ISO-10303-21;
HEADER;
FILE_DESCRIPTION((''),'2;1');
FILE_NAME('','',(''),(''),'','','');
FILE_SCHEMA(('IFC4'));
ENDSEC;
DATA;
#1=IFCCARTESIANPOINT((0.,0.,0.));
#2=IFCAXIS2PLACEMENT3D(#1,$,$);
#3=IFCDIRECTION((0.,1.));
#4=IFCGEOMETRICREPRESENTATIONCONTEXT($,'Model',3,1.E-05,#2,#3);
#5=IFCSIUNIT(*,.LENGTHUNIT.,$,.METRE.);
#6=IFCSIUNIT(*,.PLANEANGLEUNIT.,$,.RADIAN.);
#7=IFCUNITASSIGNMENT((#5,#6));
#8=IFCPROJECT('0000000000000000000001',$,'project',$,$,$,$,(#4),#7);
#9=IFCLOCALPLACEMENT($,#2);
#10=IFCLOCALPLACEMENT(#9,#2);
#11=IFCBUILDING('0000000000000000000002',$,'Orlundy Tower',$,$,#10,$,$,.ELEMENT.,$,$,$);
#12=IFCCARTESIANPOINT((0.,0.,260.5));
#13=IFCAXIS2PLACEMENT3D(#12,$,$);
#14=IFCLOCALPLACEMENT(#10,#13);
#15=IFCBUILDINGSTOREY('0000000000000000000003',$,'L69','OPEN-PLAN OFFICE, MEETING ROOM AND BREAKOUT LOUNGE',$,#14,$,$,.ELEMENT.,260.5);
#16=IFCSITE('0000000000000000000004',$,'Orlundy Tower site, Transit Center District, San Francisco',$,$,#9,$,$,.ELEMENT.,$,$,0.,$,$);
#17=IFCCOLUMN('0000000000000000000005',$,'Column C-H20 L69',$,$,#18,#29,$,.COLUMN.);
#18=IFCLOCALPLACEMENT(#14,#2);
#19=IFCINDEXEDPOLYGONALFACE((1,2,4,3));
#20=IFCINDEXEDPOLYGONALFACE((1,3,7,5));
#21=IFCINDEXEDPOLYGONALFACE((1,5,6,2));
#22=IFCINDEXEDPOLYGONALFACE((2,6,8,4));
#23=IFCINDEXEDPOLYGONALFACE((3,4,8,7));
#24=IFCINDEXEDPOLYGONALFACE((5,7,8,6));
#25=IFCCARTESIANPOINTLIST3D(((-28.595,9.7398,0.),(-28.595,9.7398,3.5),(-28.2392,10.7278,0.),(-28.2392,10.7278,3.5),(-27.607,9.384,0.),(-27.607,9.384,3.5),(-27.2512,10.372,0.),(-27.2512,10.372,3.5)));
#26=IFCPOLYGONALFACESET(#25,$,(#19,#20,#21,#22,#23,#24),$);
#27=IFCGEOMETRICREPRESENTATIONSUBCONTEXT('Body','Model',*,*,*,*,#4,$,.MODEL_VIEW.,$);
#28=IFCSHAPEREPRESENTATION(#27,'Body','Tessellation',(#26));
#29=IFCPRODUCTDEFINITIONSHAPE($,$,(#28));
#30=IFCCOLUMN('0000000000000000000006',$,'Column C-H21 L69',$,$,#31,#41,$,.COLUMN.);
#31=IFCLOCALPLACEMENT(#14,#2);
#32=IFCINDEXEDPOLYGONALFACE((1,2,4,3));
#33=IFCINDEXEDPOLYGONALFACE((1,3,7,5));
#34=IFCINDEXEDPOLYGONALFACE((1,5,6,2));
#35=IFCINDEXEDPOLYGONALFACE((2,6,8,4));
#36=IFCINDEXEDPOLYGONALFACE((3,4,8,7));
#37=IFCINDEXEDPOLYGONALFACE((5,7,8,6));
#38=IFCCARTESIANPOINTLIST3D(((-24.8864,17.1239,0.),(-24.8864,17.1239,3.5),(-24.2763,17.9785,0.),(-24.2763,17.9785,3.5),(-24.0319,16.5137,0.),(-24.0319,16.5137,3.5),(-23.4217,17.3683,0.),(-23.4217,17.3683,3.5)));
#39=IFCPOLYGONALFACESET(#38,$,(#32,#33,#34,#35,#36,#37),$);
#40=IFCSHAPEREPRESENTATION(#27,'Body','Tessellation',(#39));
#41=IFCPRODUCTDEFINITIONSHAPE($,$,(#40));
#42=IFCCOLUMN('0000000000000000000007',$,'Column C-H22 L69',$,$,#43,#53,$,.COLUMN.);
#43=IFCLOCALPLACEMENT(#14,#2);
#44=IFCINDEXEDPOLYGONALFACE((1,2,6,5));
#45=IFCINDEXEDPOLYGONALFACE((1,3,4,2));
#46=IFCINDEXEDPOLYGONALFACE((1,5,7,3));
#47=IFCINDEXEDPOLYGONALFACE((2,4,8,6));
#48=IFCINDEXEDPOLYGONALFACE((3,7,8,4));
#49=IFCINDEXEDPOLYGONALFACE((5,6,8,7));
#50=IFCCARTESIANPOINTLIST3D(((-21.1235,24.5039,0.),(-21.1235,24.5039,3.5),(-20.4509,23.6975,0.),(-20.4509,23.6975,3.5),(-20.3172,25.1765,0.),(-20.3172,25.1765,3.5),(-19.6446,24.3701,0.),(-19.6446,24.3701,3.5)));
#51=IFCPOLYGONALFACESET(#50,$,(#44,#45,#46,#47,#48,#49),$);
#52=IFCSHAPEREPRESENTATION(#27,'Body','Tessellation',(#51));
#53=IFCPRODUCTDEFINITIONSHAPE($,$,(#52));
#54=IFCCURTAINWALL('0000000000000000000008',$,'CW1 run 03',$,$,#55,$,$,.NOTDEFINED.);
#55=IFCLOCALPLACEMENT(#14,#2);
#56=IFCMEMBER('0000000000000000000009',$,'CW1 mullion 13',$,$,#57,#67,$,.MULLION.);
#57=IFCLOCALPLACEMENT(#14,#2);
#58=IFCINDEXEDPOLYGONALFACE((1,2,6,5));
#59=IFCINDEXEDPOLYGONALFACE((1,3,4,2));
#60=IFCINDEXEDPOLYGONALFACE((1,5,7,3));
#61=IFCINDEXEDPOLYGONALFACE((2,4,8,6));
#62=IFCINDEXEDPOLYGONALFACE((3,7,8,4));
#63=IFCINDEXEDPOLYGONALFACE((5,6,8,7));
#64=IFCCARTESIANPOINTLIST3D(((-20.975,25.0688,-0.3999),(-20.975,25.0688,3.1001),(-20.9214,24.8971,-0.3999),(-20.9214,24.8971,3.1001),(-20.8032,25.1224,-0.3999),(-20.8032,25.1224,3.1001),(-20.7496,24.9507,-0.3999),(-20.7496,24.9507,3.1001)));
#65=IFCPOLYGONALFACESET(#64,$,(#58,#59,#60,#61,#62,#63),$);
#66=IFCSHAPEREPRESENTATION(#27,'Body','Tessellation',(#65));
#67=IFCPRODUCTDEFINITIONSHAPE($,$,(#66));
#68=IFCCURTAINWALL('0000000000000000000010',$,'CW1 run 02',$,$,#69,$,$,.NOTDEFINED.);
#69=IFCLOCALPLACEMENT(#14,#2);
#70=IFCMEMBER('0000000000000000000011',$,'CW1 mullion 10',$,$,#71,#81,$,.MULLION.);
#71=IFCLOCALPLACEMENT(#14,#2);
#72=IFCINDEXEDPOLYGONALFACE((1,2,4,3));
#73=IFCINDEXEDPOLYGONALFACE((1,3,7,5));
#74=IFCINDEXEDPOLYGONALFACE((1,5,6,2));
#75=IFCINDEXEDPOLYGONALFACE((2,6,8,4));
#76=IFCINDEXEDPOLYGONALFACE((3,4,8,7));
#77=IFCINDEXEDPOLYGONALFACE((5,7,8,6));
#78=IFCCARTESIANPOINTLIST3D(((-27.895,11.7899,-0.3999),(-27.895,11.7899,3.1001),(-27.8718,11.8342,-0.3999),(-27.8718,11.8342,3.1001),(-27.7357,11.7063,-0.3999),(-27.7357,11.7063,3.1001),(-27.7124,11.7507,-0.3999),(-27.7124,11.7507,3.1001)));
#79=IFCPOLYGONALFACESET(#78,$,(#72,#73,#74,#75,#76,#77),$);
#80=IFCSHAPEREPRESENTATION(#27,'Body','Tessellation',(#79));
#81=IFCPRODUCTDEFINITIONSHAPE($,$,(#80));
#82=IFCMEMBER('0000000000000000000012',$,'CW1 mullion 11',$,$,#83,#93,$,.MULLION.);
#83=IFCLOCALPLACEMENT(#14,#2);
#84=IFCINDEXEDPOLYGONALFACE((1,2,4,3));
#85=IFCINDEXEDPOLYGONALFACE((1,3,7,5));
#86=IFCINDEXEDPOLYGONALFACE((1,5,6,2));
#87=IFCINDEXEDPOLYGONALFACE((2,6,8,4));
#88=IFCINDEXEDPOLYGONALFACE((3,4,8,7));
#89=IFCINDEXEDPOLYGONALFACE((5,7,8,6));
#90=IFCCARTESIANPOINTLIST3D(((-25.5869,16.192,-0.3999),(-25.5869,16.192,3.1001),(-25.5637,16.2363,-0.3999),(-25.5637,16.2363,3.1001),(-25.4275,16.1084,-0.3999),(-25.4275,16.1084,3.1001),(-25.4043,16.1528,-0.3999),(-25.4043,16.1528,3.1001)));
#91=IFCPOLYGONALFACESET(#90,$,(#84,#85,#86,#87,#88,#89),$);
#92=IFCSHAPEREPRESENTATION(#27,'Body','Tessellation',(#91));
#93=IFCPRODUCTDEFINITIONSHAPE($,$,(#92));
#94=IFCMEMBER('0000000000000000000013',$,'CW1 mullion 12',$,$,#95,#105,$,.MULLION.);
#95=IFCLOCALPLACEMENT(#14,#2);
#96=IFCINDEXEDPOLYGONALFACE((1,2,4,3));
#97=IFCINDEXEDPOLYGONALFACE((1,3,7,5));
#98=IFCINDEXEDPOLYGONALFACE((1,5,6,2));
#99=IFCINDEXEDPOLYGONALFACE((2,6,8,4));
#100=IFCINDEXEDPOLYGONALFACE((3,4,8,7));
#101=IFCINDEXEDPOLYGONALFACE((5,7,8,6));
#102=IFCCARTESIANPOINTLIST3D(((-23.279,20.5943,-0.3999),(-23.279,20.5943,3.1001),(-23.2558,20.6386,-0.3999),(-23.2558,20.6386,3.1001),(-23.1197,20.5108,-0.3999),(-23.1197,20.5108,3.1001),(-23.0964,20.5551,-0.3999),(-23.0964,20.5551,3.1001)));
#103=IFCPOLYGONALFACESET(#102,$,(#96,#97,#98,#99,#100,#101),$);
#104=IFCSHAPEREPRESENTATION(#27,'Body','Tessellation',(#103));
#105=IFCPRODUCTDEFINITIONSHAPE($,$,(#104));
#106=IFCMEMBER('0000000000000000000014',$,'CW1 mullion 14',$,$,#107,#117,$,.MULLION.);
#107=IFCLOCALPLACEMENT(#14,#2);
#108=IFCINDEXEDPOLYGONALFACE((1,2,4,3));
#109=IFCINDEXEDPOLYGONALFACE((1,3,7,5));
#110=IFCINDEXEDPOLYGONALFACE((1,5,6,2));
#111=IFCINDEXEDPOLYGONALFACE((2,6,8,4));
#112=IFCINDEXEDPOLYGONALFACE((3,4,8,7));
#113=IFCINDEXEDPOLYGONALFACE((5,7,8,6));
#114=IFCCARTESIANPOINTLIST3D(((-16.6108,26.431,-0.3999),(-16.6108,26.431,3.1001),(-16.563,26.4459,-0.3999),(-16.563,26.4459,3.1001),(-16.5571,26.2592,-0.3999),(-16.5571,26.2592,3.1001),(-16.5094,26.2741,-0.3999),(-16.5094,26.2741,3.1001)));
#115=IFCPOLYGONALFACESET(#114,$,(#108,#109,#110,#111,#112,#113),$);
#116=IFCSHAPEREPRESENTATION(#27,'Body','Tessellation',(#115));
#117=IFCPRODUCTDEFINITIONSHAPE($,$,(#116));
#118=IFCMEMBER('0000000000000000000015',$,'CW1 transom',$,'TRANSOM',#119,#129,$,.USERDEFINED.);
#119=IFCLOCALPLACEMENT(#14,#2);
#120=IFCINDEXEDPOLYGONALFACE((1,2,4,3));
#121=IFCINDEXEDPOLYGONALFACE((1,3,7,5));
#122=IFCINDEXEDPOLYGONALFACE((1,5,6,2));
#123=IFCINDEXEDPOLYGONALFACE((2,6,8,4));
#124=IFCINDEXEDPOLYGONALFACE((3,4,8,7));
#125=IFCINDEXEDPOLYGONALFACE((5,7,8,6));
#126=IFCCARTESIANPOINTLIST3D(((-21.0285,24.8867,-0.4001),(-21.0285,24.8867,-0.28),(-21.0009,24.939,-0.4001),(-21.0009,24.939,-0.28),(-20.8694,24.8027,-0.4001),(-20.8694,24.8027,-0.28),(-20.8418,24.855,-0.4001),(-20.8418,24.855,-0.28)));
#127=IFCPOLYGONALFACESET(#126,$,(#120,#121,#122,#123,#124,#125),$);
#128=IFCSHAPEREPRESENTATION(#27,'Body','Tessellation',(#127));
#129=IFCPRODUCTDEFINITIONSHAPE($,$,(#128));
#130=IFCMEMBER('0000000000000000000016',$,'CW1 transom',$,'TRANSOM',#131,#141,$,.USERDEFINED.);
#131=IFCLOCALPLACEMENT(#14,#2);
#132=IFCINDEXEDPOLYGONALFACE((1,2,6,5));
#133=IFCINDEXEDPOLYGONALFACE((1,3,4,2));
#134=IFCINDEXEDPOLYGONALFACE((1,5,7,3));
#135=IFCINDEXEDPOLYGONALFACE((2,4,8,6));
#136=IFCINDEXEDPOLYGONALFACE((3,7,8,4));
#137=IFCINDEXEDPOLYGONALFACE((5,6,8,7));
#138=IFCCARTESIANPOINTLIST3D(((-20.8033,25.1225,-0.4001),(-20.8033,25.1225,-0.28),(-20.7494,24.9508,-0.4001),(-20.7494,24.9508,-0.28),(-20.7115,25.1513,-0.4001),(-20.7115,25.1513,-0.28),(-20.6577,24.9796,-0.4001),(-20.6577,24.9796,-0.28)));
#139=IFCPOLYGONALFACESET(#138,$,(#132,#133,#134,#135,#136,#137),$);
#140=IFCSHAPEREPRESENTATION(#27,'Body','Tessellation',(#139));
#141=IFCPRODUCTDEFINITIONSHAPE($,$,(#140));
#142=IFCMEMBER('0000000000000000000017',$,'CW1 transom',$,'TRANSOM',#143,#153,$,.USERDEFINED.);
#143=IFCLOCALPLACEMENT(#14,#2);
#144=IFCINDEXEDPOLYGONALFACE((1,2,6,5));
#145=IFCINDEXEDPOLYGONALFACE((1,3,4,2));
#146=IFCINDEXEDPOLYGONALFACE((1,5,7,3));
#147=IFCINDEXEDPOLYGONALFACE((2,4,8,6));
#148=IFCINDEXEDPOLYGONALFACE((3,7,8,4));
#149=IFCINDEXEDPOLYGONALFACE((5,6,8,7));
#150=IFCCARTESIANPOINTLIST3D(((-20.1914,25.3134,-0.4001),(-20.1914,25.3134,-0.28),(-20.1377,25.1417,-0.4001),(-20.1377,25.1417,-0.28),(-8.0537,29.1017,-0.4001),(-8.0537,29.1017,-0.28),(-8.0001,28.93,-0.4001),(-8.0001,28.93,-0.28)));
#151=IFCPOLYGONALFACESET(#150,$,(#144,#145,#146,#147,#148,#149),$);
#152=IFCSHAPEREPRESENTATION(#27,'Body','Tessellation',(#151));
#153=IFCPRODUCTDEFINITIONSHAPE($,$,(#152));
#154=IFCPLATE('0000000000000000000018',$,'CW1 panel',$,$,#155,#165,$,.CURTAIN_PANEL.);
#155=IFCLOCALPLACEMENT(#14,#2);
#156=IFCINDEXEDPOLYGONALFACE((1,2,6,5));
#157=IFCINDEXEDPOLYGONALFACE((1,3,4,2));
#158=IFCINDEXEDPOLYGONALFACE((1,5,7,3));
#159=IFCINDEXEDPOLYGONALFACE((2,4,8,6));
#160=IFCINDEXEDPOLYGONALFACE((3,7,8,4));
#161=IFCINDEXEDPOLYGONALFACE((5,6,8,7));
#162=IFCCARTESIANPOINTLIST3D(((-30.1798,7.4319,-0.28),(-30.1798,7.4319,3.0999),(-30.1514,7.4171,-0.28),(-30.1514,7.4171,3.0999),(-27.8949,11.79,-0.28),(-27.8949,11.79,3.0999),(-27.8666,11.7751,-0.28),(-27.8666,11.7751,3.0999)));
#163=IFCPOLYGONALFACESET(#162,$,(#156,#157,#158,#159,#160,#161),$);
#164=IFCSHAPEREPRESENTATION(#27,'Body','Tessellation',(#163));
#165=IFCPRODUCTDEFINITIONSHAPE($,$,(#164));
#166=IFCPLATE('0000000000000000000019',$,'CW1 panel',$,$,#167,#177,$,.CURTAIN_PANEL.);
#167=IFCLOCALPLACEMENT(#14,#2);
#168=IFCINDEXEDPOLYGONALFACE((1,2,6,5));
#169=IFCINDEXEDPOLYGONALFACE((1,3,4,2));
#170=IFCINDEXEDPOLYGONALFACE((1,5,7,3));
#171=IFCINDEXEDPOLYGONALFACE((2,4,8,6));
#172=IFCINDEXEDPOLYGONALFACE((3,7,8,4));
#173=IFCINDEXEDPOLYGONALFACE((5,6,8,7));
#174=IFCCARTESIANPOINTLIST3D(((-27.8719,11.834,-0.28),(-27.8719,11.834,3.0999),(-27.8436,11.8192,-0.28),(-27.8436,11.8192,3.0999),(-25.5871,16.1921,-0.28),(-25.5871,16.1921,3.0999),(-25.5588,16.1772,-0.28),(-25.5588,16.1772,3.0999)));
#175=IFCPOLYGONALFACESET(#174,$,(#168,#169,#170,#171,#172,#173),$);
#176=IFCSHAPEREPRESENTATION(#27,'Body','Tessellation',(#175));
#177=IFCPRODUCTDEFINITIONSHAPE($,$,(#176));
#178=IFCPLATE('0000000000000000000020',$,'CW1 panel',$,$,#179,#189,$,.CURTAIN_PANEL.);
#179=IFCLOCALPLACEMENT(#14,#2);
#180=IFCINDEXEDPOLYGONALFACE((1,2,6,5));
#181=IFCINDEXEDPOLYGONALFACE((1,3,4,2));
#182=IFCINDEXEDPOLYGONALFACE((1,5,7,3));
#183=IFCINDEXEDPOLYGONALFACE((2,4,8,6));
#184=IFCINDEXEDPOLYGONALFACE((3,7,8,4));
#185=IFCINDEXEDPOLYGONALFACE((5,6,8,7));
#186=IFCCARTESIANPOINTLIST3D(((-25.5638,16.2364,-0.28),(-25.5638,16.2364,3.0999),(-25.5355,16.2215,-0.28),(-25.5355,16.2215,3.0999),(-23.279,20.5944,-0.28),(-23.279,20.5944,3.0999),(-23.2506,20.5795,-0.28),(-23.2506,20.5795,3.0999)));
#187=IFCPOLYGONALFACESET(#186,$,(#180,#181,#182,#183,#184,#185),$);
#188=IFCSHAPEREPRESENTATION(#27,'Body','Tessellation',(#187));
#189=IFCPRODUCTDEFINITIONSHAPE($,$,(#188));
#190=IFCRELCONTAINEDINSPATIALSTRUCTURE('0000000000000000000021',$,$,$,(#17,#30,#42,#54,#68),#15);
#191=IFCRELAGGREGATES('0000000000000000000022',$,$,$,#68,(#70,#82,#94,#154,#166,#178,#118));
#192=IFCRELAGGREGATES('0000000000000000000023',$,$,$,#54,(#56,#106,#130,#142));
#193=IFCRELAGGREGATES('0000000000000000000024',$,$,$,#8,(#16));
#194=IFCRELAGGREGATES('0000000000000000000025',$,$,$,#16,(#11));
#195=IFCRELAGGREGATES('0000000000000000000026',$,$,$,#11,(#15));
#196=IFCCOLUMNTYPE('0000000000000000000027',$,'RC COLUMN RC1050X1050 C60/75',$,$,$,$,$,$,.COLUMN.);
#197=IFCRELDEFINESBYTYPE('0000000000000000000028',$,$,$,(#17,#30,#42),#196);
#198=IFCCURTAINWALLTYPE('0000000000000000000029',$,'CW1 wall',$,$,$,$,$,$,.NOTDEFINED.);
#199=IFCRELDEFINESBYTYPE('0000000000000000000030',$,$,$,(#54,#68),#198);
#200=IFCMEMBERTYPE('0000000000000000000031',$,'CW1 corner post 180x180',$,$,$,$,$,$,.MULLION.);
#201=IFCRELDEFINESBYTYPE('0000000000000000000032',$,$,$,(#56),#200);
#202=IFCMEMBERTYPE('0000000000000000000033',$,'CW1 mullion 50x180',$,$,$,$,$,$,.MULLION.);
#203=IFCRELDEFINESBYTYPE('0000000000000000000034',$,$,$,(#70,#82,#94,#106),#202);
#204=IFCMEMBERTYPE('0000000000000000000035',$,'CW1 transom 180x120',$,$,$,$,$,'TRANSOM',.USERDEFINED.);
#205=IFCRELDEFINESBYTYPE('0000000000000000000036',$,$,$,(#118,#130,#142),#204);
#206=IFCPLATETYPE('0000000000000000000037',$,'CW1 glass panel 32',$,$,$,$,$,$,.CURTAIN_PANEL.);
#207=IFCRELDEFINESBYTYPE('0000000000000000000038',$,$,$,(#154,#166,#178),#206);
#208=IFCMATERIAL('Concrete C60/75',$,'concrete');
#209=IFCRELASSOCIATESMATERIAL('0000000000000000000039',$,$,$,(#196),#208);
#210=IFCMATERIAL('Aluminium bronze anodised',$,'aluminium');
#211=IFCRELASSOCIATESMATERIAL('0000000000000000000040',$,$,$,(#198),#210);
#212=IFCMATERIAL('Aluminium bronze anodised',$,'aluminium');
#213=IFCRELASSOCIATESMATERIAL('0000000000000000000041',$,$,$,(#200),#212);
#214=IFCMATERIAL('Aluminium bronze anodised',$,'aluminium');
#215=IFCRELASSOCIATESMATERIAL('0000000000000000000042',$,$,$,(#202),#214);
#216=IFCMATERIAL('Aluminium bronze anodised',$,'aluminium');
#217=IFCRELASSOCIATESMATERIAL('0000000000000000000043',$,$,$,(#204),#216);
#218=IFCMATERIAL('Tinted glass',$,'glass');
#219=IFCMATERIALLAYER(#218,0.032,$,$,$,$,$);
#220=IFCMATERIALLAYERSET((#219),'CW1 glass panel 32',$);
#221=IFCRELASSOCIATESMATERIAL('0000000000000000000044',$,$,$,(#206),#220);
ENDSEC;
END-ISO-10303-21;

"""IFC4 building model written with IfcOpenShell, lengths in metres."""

from ifc_helpers import new_model, si_unit, direction, frame, origin, origin_2d, place, context, subcontext, project, spatial, rectangle, extrude, material, layer, layer_set, material_profile, profile_set, type_object, element, aggregate, save


model = new_model("IFC4")

# Units and contexts
model_context = context("Model", 3, precision=1e-05, world=origin(), true_north=direction((0.0, 1.0)))
body_context = subcontext(model_context, "Body", "Model", "MODEL_VIEW")
ifc_project = project(units=[si_unit("LENGTHUNIT", "METRE"), si_unit("PLANEANGLEUNIT", "RADIAN")], contexts=[model_context])

# Site, building, storey
site_placement = place(None, origin())
site = spatial("IfcSite", under=ifc_project, at=site_placement, Name="Orlundy Tower site, Transit Center District, San Francisco", CompositionType="ELEMENT", RefElevation=0.0)
building_placement = place(site_placement, origin())
building = spatial("IfcBuilding", under=site, at=building_placement, Name="Orlundy Tower", CompositionType="ELEMENT")
storey_placement = place(building_placement, frame((0.0, 0.0, 260.5)))
storey = spatial("IfcBuildingStorey", under=building, at=storey_placement, Name="L69", Description="OPEN-PLAN OFFICE, MEETING ROOM AND BREAKOUT LOUNGE", CompositionType="ELEMENT", Elevation=260.5)

# Columns
ifc_material_1 = material(Name="Concrete C60/75", Category="concrete")
ifc_material_profile_1 = material_profile(ifc_material_1, rectangle(XDim=1.05, YDim=1.05, at=origin_2d()), Name="RC1050X1050")
ifc_profile_set_1 = profile_set([ifc_material_profile_1], Name="Concrete C60/75")
column_type = type_object("IfcColumnType", Name="RC COLUMN RC1050X1050 C60/75", PredefinedType="COLUMN", material=ifc_profile_set_1)
for number, where, z_axis, x_axis, name in (
    (1, (-27.9231, 10.0559, 0.0), (0.0, 0.0, 1.0), (-0.940845, 0.338836, 0.0), "Column C-H20 L69"),
    (2, (-24.1541, 17.2461, 0.0), (0.0, 0.0, 1.0), (-0.813842, 0.581087, 0.0), "Column C-H21 L69"),
    (3, (-20.384, 24.437, 0.0), (0.0, 0.0, 1.0), (-0.640552, 0.767915, 0.0), "Column C-H22 L69"),
):
    element("IfcColumn", number, at=place(storey_placement, frame(where, z_axis=z_axis, x_axis=x_axis)), inside=storey, type_object=column_type, Name=name, PredefinedType="COLUMN", context=body_context, shape_type="SweptSolid", body=[
        extrude(rectangle(XDim=1.05, YDim=1.05, at=origin_2d()), origin(), (0.0, 0.0, 1.0), 3.5),
    ])

# Curtain wall, member
ifc_material_2 = material(Name="Aluminium bronze anodised", Category="aluminium")
curtain_wall_type = type_object("IfcCurtainWallType", Name="CW1 wall", PredefinedType="NOTDEFINED", material=ifc_material_2)
curtain_wall_1_placement = place(storey_placement, origin())
curtain_wall_1 = element("IfcCurtainWall", 4, at=curtain_wall_1_placement, inside=storey, type_object=curtain_wall_type, Name="CW1 run 03", PredefinedType="NOTDEFINED")
ifc_material_3 = material(Name="Aluminium bronze anodised", Category="aluminium")
ifc_material_profile_2 = material_profile(ifc_material_3, rectangle(XDim=0.1799, YDim=0.1799, at=origin_2d()), Name="CW1 corner post 180x180")
ifc_profile_set_2 = profile_set([ifc_material_profile_2], Name="Aluminium bronze anodised")
member_type_1 = type_object("IfcMemberType", Name="CW1 corner post 180x180", PredefinedType="MULLION", material=ifc_profile_set_2)
member_1_placement = place(storey_placement, frame((-20.8623, 25.0098, -0.3999), z_axis=(0.0, 0.0, 1.0), x_axis=(-0.297935, 0.954586, 0.0)))
member_1 = element("IfcMember", 5, at=member_1_placement, type_object=member_type_1, Name="CW1 mullion 13", PredefinedType="MULLION", context=body_context, shape_type="SweptSolid", body=[
    extrude(rectangle(XDim=0.1799, YDim=0.1799, at=origin_2d()), origin(), (0.0, 0.0, 1.0), 3.5),
])

# Curtain wall, members
curtain_wall_2_placement = place(storey_placement, origin())
curtain_wall_2 = element("IfcCurtainWall", 6, at=curtain_wall_2_placement, inside=storey, type_object=curtain_wall_type, Name="CW1 run 02", PredefinedType="NOTDEFINED")
ifc_material_4 = material(Name="Aluminium bronze anodised", Category="aluminium")
ifc_material_profile_3 = material_profile(ifc_material_4, rectangle(XDim=0.1799, YDim=0.05, at=origin_2d()), Name="CW1 mullion 50x180")
ifc_profile_set_3 = profile_set([ifc_material_profile_3], Name="Aluminium bronze anodised")
member_type_2 = type_object("IfcMemberType", Name="CW1 mullion 50x180", PredefinedType="MULLION", material=ifc_profile_set_3)
member_2_placement = place(storey_placement, frame((-27.8037, 11.7703, -0.3999), z_axis=(0.0, 0.0, 1.0), x_axis=(-0.885659, 0.464336, 0.0)))
member_2 = element("IfcMember", 7, at=member_2_placement, type_object=member_type_2, Name="CW1 mullion 10", PredefinedType="MULLION", context=body_context, shape_type="SweptSolid", body=[
    extrude(rectangle(XDim=0.1799, YDim=0.05, at=origin_2d()), origin(), (0.0, 0.0, 1.0), 3.5),
])
member_3_placement = place(storey_placement, frame((-25.4956, 16.1724, -0.3999), z_axis=(0.0, 0.0, 1.0), x_axis=(-0.885659, 0.464336, 0.0)))
member_3 = element("IfcMember", 8, at=member_3_placement, type_object=member_type_2, Name="CW1 mullion 11", PredefinedType="MULLION", context=body_context, shape_type="SweptSolid", body=[
    extrude(rectangle(XDim=0.1799, YDim=0.05, at=origin_2d()), origin(), (0.0, 0.0, 1.0), 3.5),
])
member_4_placement = place(storey_placement, frame((-23.1877, 20.5747, -0.3999), z_axis=(0.0, 0.0, 1.0), x_axis=(-0.885659, 0.464336, 0.0)))
member_4 = element("IfcMember", 9, at=member_4_placement, type_object=member_type_2, Name="CW1 mullion 12", PredefinedType="MULLION", context=body_context, shape_type="SweptSolid", body=[
    extrude(rectangle(XDim=0.1799, YDim=0.05, at=origin_2d()), origin(), (0.0, 0.0, 1.0), 3.5),
])

# Members
member_5_placement = place(storey_placement, frame((-16.5601, 26.3525, -0.3999), z_axis=(0.0, 0.0, 1.0), x_axis=(-0.297935, 0.954586, 0.0)))
member_5 = element("IfcMember", 10, at=member_5_placement, type_object=member_type_2, Name="CW1 mullion 14", PredefinedType="MULLION", context=body_context, shape_type="SweptSolid", body=[
    extrude(rectangle(XDim=0.1799, YDim=0.05, at=origin_2d()), origin(), (0.0, 0.0, 1.0), 3.5),
])
ifc_material_5 = material(Name="Aluminium bronze anodised", Category="aluminium")
ifc_material_profile_4 = material_profile(ifc_material_5, rectangle(XDim=0.1799, YDim=0.1201, at=origin_2d()), Name="CW1 transom 180x120")
ifc_profile_set_4 = profile_set([ifc_material_profile_4], Name="Aluminium bronze anodised")
member_type_3 = type_object("IfcMemberType", Name="CW1 transom 180x120", ElementType="TRANSOM", PredefinedType="USERDEFINED", material=ifc_profile_set_4)
member_6_placement = place(storey_placement, frame((-20.949, 24.8447, -0.3401), z_axis=(0.466938, 0.88429, 0.0), x_axis=(-0.88429, 0.466938, 0.0)))
member_6 = element("IfcMember", 11, at=member_6_placement, type_object=member_type_3, Name="CW1 transom", ObjectType="TRANSOM", PredefinedType="USERDEFINED", context=body_context, shape_type="SweptSolid", body=[
    extrude(rectangle(XDim=0.1799, YDim=0.1201, at=origin_2d()), origin(), (0.0, 0.0, 1.0), 0.0591),
])
member_7_placement = place(storey_placement, frame((-20.7764, 25.0366, -0.3401), z_axis=(0.954118, 0.299431, 0.0), x_axis=(-0.299431, 0.954118, 0.0)))
member_7 = element("IfcMember", 12, at=member_7_placement, type_object=member_type_3, Name="CW1 transom", ObjectType="TRANSOM", PredefinedType="USERDEFINED", context=body_context, shape_type="SweptSolid", body=[
    extrude(rectangle(XDim=0.1799, YDim=0.1201, at=origin_2d()), origin(), (0.0, 0.0, 1.0), 0.0962),
])
member_8_placement = place(storey_placement, frame((-20.1646, 25.2275, -0.3401), z_axis=(0.954585, 0.297938, 0.0), x_axis=(-0.297938, 0.954585, 0.0)))
member_8 = element("IfcMember", 13, at=member_8_placement, type_object=member_type_3, Name="CW1 transom", ObjectType="TRANSOM", PredefinedType="USERDEFINED", context=body_context, shape_type="SweptSolid", body=[
    extrude(rectangle(XDim=0.1799, YDim=0.1201, at=origin_2d()), origin(), (0.0, 0.0, 1.0), 12.7151),
])

# Plates
ifc_material_6 = material(Name="Tinted glass", Category="glass")
ifc_layer_1 = layer(ifc_material_6, 0.032)
ifc_layer_set_1 = layer_set([ifc_layer_1], Name="CW1 glass panel 32")
plate_type = type_object("IfcPlateType", Name="CW1 glass panel 32", PredefinedType="CURTAIN_PANEL", material=ifc_layer_set_1)
plate_1_placement = place(storey_placement, frame((-29.0232, 9.6035, -0.28), z_axis=(0.0, 0.0, 1.0), x_axis=(0.464336, 0.885659, 0.0)))
plate_1 = element("IfcPlate", 14, at=plate_1_placement, type_object=plate_type, Name="CW1 panel", PredefinedType="CURTAIN_PANEL", context=body_context, shape_type="SweptSolid", body=[
    extrude(rectangle(XDim=4.9207, YDim=0.032, at=origin_2d()), origin(), (0.0, 0.0, 1.0), 3.3799),
])
plate_2_placement = place(storey_placement, frame((-26.7153, 14.0056, -0.28), z_axis=(0.0, 0.0, 1.0), x_axis=(0.464336, 0.885659, 0.0)))
plate_2 = element("IfcPlate", 15, at=plate_2_placement, type_object=plate_type, Name="CW1 panel", PredefinedType="CURTAIN_PANEL", context=body_context, shape_type="SweptSolid", body=[
    extrude(rectangle(XDim=4.9207, YDim=0.032, at=origin_2d()), origin(), (0.0, 0.0, 1.0), 3.3799),
])
plate_3_placement = place(storey_placement, frame((-24.4072, 18.408, -0.28), z_axis=(0.0, 0.0, 1.0), x_axis=(0.464336, 0.885659, 0.0)))
plate_3 = element("IfcPlate", 16, at=plate_3_placement, type_object=plate_type, Name="CW1 panel", PredefinedType="CURTAIN_PANEL", context=body_context, shape_type="SweptSolid", body=[
    extrude(rectangle(XDim=4.9207, YDim=0.032, at=origin_2d()), origin(), (0.0, 0.0, 1.0), 3.3799),
])
aggregate(curtain_wall_2, [member_2, member_3, member_4, plate_1, plate_2, plate_3, member_6])
aggregate(curtain_wall_1, [member_1, member_5, member_7, member_8])

save(model, "model.ifc")
